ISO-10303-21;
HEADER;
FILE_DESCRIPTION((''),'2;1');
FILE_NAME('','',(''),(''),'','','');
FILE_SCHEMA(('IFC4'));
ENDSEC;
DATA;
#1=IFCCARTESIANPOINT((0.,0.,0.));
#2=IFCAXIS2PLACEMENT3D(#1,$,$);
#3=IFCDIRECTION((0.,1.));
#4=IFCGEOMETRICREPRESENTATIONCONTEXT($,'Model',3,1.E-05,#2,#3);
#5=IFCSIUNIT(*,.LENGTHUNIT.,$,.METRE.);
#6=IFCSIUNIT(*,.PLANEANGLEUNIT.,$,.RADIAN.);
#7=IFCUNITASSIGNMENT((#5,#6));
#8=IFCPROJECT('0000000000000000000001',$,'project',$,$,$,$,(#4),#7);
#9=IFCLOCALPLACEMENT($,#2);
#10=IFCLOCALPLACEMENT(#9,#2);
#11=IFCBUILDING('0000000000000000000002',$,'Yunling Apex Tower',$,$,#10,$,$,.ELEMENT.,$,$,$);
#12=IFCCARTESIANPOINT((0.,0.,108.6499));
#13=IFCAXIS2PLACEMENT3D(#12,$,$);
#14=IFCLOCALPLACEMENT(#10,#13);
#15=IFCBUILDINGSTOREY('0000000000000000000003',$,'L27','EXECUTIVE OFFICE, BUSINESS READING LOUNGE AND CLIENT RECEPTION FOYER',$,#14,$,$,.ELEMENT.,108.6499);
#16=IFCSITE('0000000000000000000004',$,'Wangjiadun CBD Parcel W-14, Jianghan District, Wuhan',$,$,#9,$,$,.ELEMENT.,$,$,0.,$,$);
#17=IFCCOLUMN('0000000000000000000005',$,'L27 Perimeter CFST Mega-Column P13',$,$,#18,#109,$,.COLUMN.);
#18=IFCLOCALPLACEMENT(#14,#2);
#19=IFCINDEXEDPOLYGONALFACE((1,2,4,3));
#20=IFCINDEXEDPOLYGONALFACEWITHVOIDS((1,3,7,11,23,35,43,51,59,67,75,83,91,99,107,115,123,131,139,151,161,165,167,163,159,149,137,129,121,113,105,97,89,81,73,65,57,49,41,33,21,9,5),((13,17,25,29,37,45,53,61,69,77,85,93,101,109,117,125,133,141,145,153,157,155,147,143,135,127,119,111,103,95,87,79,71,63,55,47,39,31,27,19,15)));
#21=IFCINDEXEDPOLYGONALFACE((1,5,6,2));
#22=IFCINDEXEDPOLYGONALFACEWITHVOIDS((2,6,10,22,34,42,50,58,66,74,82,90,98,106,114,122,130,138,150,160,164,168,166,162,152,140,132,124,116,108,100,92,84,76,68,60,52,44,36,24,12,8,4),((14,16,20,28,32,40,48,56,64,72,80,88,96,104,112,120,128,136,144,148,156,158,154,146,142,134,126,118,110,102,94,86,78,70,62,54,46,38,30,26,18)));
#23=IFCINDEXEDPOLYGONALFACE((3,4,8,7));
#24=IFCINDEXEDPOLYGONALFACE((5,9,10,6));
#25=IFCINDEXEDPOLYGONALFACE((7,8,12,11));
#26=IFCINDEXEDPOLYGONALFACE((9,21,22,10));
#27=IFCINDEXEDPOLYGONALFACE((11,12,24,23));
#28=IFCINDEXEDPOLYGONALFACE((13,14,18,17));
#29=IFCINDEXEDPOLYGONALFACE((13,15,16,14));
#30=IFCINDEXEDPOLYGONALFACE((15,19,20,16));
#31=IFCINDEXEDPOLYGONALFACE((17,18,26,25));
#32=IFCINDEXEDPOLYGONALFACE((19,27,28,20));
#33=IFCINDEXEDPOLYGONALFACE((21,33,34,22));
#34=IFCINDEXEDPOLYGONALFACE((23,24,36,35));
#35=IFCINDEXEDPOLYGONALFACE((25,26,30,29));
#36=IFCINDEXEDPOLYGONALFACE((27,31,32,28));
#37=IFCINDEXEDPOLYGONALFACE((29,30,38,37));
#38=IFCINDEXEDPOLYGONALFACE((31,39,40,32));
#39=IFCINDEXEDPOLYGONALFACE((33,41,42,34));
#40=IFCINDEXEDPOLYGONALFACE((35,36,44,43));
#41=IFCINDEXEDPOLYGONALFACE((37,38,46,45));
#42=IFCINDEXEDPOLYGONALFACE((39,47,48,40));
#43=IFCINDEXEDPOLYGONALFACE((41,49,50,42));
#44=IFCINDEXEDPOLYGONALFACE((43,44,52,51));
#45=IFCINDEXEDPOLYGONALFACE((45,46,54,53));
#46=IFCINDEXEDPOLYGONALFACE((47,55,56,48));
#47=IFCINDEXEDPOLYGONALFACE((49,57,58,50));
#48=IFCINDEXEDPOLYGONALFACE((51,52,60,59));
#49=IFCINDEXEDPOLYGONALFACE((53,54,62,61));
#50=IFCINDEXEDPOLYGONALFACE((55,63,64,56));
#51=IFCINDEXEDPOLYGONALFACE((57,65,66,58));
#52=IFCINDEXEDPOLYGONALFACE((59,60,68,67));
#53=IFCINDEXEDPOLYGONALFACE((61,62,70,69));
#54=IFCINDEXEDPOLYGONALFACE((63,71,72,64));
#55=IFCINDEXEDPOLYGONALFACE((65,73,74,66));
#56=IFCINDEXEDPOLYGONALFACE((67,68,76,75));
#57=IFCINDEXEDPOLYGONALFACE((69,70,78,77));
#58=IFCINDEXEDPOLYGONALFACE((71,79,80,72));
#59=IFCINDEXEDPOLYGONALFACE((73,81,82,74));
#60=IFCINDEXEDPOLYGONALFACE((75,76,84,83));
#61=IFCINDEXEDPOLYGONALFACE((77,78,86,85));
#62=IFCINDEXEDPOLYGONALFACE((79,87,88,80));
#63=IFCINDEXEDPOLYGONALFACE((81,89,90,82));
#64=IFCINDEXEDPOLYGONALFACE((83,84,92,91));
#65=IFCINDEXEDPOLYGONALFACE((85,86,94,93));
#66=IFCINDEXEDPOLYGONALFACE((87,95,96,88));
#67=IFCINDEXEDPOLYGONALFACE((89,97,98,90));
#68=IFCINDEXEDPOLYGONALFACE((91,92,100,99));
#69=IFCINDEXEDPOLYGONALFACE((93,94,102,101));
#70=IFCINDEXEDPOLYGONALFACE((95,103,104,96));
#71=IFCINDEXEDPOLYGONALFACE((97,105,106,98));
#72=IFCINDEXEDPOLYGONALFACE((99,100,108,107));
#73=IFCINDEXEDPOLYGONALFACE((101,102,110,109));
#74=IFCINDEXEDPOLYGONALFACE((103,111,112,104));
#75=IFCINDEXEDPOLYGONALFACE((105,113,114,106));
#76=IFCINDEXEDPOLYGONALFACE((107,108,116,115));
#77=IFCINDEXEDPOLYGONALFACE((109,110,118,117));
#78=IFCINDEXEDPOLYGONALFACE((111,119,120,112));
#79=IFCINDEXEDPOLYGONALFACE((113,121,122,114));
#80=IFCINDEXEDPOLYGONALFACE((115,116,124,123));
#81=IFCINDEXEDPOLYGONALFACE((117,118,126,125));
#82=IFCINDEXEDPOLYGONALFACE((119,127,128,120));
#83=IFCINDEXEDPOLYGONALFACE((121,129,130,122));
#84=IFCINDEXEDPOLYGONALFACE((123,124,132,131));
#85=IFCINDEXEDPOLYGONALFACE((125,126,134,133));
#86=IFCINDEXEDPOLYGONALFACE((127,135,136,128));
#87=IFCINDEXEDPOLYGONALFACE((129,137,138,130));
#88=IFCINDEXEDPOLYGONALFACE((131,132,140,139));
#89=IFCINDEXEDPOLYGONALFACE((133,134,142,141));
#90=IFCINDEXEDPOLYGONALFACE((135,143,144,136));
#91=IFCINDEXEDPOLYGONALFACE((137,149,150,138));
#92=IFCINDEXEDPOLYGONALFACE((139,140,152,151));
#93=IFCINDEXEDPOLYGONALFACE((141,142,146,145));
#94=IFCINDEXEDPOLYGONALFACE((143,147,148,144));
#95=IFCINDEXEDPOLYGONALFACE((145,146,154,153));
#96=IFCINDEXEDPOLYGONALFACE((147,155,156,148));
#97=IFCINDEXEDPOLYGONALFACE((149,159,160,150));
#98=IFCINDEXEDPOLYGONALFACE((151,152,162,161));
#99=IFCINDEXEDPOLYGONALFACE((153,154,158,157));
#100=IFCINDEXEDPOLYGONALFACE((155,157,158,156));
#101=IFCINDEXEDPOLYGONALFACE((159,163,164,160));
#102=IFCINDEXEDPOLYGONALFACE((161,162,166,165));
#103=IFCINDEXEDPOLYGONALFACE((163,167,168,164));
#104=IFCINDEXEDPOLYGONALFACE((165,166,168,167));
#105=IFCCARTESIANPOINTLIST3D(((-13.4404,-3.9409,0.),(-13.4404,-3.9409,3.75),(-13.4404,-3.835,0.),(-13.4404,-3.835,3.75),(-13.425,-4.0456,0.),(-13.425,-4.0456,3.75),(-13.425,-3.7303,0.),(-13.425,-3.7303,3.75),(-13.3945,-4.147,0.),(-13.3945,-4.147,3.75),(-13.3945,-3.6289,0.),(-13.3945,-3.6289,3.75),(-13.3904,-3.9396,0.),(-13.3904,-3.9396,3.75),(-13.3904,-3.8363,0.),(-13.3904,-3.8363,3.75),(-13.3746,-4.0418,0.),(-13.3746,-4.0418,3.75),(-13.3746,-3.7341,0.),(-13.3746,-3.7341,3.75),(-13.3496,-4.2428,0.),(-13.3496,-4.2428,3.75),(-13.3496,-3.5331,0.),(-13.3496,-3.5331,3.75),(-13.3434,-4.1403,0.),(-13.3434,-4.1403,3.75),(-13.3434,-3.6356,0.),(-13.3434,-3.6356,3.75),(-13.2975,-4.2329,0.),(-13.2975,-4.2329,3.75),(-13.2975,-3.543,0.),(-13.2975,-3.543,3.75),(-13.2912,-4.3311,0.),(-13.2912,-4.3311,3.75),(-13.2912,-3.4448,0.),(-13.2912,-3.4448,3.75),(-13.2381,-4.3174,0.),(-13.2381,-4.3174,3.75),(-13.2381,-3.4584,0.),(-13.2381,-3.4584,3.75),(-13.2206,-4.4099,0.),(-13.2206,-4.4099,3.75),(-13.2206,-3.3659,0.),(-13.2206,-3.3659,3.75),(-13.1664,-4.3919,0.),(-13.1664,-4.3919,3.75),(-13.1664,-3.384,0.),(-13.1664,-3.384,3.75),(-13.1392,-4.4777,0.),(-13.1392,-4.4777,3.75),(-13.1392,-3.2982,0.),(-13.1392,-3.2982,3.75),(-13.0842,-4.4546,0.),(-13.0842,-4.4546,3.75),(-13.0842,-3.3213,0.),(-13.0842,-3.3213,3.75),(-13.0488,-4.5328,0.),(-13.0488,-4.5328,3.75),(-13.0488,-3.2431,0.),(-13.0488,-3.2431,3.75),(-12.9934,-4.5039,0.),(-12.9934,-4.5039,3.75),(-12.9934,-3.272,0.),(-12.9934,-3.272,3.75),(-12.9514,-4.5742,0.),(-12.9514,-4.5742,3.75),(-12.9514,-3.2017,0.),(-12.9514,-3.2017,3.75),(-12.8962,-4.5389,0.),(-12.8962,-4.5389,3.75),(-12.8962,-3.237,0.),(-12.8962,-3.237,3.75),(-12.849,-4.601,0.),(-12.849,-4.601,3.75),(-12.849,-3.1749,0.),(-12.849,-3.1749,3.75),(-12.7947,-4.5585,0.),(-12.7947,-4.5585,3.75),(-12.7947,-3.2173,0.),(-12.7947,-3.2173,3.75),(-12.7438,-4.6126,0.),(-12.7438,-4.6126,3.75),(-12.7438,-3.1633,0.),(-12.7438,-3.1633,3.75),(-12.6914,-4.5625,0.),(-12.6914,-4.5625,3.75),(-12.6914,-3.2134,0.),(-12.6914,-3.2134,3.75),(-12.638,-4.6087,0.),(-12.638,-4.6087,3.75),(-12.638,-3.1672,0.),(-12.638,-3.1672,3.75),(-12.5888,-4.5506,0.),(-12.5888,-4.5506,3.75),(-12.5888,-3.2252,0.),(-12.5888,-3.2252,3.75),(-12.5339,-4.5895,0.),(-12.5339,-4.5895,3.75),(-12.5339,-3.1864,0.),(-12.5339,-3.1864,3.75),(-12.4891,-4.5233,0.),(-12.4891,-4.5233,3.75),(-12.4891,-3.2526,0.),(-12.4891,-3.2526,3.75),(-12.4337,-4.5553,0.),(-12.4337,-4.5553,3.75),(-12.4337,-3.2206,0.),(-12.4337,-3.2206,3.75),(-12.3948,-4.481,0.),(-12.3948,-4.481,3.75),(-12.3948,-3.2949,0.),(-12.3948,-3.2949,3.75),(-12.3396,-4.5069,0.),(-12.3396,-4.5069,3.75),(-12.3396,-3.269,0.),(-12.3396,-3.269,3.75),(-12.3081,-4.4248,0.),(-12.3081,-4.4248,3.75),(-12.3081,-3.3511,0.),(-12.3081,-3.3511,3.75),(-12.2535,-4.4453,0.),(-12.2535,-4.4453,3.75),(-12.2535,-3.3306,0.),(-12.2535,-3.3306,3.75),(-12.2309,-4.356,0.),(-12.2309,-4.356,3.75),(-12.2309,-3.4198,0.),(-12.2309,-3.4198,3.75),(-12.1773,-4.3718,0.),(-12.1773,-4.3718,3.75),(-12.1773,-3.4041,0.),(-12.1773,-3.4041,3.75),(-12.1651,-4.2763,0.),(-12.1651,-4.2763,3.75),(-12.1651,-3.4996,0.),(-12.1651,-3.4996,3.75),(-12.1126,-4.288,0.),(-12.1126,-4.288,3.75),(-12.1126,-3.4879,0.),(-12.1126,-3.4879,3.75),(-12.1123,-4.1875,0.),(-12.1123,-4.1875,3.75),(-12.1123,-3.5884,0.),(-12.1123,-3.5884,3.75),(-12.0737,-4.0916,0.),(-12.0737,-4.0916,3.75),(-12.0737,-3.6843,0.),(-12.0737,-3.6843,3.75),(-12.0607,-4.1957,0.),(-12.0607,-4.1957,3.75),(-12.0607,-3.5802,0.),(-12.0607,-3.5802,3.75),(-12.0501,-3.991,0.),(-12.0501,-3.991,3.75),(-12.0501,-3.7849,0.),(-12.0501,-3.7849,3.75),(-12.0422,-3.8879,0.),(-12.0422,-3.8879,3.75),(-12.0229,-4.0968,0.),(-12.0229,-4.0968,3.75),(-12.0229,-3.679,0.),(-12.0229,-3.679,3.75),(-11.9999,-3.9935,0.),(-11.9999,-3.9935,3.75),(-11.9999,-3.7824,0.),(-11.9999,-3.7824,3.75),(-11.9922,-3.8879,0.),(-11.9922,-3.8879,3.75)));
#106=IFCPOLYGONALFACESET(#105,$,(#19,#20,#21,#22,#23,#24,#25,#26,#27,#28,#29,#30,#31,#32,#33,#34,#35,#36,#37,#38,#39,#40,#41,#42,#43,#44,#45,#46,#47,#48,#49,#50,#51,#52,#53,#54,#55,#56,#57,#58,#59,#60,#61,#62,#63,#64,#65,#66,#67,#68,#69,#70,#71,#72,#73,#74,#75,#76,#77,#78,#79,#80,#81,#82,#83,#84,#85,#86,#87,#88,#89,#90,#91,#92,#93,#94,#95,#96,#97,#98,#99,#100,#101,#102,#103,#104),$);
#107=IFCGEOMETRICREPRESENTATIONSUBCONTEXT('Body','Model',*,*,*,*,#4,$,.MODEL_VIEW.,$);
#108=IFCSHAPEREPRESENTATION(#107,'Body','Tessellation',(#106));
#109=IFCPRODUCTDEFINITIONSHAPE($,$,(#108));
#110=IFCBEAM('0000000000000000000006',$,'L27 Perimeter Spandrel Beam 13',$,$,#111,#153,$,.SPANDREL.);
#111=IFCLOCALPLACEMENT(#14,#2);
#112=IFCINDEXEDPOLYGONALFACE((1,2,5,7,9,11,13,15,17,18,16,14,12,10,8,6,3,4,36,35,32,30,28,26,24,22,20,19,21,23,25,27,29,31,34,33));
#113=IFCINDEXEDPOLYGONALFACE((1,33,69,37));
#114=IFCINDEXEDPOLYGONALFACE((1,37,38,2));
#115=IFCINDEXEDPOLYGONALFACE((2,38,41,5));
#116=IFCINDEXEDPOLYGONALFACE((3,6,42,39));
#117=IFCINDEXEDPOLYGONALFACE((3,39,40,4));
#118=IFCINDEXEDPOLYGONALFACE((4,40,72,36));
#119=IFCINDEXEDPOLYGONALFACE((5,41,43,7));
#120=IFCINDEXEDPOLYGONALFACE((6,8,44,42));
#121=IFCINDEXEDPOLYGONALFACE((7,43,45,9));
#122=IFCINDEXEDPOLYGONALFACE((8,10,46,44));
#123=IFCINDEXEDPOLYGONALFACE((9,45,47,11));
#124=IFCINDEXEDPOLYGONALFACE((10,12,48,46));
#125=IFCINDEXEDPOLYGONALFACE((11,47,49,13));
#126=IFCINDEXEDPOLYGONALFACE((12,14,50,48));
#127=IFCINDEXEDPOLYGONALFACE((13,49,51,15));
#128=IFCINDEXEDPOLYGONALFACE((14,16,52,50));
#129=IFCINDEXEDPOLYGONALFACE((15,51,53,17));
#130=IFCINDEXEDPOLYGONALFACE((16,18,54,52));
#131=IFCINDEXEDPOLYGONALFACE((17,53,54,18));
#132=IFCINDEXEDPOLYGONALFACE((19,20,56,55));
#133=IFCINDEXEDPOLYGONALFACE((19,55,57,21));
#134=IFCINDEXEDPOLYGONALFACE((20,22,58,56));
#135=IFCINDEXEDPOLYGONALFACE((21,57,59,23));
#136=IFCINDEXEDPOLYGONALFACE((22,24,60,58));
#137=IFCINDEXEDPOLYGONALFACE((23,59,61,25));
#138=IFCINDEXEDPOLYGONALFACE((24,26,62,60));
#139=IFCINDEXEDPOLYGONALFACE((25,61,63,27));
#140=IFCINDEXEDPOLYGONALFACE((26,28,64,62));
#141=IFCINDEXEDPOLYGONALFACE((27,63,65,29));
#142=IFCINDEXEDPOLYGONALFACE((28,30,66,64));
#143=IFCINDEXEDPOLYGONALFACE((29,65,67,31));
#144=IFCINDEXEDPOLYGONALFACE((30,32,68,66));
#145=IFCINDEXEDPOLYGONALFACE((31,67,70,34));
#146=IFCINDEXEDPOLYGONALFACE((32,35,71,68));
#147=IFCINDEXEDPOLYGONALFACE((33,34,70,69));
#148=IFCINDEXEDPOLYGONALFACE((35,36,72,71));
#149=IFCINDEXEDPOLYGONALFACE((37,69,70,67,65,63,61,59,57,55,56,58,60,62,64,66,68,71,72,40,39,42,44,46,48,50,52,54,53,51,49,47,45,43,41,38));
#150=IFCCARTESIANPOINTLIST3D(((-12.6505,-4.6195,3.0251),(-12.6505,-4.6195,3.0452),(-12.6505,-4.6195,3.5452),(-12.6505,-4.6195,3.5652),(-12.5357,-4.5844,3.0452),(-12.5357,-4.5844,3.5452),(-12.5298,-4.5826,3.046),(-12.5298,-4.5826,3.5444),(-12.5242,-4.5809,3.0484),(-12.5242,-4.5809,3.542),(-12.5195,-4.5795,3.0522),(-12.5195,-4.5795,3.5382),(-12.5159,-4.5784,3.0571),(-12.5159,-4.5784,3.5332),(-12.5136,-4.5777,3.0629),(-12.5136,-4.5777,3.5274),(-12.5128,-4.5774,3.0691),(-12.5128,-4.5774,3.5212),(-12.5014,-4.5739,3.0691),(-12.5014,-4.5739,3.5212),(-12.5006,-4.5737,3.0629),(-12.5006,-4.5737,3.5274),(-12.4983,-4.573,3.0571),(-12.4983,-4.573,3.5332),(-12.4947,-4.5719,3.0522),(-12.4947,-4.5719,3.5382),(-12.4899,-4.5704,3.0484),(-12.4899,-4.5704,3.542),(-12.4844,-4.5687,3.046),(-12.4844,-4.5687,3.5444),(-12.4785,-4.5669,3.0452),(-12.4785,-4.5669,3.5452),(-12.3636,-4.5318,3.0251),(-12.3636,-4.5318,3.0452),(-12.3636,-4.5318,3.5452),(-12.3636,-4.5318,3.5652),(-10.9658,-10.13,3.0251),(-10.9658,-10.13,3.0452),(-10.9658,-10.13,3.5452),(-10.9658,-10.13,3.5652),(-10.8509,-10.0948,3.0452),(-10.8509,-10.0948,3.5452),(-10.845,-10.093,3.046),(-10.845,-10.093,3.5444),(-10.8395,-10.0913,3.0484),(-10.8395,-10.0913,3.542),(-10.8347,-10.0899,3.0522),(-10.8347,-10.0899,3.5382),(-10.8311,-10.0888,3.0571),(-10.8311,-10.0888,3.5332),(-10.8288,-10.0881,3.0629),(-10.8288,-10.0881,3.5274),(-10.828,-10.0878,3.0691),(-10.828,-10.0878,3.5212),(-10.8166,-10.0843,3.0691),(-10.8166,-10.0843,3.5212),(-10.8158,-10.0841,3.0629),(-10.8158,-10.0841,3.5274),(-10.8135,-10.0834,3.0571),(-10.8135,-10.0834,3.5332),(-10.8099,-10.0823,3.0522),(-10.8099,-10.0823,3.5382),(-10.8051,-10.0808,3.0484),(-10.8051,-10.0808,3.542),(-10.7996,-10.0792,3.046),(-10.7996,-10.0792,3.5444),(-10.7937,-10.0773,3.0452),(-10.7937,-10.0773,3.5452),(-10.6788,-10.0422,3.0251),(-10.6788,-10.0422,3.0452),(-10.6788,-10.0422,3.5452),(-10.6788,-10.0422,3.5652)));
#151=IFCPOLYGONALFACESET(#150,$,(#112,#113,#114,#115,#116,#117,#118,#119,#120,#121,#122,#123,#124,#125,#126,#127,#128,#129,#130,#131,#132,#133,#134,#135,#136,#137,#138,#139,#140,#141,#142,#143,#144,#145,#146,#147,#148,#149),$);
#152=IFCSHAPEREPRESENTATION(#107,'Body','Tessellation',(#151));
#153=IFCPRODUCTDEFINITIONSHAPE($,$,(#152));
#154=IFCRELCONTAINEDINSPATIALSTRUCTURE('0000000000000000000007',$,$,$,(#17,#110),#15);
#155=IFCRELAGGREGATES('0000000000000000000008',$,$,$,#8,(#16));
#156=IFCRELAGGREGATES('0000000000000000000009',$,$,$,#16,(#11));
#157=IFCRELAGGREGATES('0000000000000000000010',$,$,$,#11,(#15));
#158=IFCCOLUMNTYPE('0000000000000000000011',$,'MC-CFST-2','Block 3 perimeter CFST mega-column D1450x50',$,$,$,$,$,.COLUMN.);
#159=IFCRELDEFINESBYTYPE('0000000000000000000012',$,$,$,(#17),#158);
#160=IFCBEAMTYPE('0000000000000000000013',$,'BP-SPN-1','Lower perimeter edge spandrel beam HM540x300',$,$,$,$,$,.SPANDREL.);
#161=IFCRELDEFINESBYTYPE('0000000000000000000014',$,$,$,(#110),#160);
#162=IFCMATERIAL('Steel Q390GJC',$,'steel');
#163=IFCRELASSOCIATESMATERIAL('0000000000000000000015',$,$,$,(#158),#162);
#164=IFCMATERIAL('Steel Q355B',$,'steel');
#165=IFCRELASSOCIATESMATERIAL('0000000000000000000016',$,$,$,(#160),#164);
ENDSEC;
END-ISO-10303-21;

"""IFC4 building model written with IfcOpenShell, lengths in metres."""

from ifc_helpers import new_model, si_unit, direction, frame, origin, origin_2d, place, context, subcontext, project, spatial, hollow_circle, i_section, extrude, source, transform, mapped, material, material_profile, profile_set, type_object, element, save


model = new_model("IFC4")

# Units and contexts
model_context = context("Model", 3, precision=1e-05, world=origin(), true_north=direction((0.0, 1.0)))
body_context = subcontext(model_context, "Body", "Model", "MODEL_VIEW")
ifc_project = project(units=[si_unit("LENGTHUNIT", "METRE"), si_unit("PLANEANGLEUNIT", "RADIAN")], contexts=[model_context])

# Site, building, storey
site_placement = place(None, origin())
site = spatial("IfcSite", under=ifc_project, at=site_placement, Name="Wangjiadun CBD Parcel W-14, Jianghan District, Wuhan", CompositionType="ELEMENT", RefElevation=0.0)
building_placement = place(site_placement, origin())
building = spatial("IfcBuilding", under=site, at=building_placement, Name="Yunling Apex Tower", CompositionType="ELEMENT")
storey_placement = place(building_placement, frame((0.0, 0.0, 108.6499)))
storey = spatial("IfcBuildingStorey", under=building, at=storey_placement, Name="L27", Description="EXECUTIVE OFFICE, BUSINESS READING LOUNGE AND CLIENT RECEPTION FOYER", CompositionType="ELEMENT", Elevation=108.6499)

# Column
ifc_material_1 = material(Name="Steel Q390GJC", Category="steel")
ifc_material_profile_1 = material_profile(ifc_material_1, hollow_circle(Radius=0.7251, WallThickness=0.05, at=origin_2d()))
ifc_profile_set_1 = profile_set([ifc_material_profile_1], Name="Steel Q390GJC")
column_type = type_object("IfcColumnType", Name="MC-CFST-2", Description="Block 3 perimeter CFST mega-column D1450x50", PredefinedType="COLUMN", material=ifc_profile_set_1)
shared_shape_1 = source(origin(), body_context, "Body", "SweptSolid", [
    extrude(hollow_circle(Radius=0.7251, WallThickness=0.05, at=origin_2d()), origin(), (0.0, 0.0, 1.0), 3.75),
])
column_placement = place(storey_placement, frame((-12.7173, -3.8879, 0.0), z_axis=(0.0, 0.0, 1.0), x_axis=(1.0, 0.0, 0.0)))
element("IfcColumn", 1, at=column_placement, inside=storey, type_object=column_type, Name="L27 Perimeter CFST Mega-Column P13", PredefinedType="COLUMN", context=body_context, shape_type="MappedRepresentation", body=[
    mapped(shared_shape_1, transform((0.0, 0.0, 0.0), scale=1.0)),
])

# Beam
ifc_material_2 = material(Name="Steel Q355B", Category="steel")
ifc_material_profile_2 = material_profile(ifc_material_2, i_section(OverallWidth=0.3, OverallDepth=0.54, WebThickness=0.012, FlangeThickness=0.02, FilletRadius=0.0239, at=origin_2d()))
ifc_profile_set_2 = profile_set([ifc_material_profile_2], Name="Steel Q355B")
beam_type_1 = type_object("IfcBeamType", Name="BP-SPN-1", Description="Lower perimeter edge spandrel beam HM540x300", PredefinedType="SPANDREL", material=ifc_profile_set_2)
shared_shape_2 = source(origin(), body_context, "Body", "SweptSolid", [
    extrude(i_section(OverallWidth=0.3, OverallDepth=0.54, WebThickness=0.012, FlangeThickness=0.02, FilletRadius=0.0239, at=origin_2d()), origin(), (0.0, 0.0, 1.0), 5.7622),
])
beam_1_placement = place(storey_placement, frame((-12.5071, -4.5757, 3.2952), z_axis=(0.292385, -0.956301, 0.0), x_axis=(0.956301, 0.292385, 0.0)))
element("IfcBeam", 2, at=beam_1_placement, inside=storey, type_object=beam_type_1, Name="L27 Perimeter Spandrel Beam 13", PredefinedType="SPANDREL", context=body_context, shape_type="MappedRepresentation", body=[
    mapped(shared_shape_2, transform((0.0, 0.0, 0.0), scale=1.0)),
])

save(model, "model.ifc")
